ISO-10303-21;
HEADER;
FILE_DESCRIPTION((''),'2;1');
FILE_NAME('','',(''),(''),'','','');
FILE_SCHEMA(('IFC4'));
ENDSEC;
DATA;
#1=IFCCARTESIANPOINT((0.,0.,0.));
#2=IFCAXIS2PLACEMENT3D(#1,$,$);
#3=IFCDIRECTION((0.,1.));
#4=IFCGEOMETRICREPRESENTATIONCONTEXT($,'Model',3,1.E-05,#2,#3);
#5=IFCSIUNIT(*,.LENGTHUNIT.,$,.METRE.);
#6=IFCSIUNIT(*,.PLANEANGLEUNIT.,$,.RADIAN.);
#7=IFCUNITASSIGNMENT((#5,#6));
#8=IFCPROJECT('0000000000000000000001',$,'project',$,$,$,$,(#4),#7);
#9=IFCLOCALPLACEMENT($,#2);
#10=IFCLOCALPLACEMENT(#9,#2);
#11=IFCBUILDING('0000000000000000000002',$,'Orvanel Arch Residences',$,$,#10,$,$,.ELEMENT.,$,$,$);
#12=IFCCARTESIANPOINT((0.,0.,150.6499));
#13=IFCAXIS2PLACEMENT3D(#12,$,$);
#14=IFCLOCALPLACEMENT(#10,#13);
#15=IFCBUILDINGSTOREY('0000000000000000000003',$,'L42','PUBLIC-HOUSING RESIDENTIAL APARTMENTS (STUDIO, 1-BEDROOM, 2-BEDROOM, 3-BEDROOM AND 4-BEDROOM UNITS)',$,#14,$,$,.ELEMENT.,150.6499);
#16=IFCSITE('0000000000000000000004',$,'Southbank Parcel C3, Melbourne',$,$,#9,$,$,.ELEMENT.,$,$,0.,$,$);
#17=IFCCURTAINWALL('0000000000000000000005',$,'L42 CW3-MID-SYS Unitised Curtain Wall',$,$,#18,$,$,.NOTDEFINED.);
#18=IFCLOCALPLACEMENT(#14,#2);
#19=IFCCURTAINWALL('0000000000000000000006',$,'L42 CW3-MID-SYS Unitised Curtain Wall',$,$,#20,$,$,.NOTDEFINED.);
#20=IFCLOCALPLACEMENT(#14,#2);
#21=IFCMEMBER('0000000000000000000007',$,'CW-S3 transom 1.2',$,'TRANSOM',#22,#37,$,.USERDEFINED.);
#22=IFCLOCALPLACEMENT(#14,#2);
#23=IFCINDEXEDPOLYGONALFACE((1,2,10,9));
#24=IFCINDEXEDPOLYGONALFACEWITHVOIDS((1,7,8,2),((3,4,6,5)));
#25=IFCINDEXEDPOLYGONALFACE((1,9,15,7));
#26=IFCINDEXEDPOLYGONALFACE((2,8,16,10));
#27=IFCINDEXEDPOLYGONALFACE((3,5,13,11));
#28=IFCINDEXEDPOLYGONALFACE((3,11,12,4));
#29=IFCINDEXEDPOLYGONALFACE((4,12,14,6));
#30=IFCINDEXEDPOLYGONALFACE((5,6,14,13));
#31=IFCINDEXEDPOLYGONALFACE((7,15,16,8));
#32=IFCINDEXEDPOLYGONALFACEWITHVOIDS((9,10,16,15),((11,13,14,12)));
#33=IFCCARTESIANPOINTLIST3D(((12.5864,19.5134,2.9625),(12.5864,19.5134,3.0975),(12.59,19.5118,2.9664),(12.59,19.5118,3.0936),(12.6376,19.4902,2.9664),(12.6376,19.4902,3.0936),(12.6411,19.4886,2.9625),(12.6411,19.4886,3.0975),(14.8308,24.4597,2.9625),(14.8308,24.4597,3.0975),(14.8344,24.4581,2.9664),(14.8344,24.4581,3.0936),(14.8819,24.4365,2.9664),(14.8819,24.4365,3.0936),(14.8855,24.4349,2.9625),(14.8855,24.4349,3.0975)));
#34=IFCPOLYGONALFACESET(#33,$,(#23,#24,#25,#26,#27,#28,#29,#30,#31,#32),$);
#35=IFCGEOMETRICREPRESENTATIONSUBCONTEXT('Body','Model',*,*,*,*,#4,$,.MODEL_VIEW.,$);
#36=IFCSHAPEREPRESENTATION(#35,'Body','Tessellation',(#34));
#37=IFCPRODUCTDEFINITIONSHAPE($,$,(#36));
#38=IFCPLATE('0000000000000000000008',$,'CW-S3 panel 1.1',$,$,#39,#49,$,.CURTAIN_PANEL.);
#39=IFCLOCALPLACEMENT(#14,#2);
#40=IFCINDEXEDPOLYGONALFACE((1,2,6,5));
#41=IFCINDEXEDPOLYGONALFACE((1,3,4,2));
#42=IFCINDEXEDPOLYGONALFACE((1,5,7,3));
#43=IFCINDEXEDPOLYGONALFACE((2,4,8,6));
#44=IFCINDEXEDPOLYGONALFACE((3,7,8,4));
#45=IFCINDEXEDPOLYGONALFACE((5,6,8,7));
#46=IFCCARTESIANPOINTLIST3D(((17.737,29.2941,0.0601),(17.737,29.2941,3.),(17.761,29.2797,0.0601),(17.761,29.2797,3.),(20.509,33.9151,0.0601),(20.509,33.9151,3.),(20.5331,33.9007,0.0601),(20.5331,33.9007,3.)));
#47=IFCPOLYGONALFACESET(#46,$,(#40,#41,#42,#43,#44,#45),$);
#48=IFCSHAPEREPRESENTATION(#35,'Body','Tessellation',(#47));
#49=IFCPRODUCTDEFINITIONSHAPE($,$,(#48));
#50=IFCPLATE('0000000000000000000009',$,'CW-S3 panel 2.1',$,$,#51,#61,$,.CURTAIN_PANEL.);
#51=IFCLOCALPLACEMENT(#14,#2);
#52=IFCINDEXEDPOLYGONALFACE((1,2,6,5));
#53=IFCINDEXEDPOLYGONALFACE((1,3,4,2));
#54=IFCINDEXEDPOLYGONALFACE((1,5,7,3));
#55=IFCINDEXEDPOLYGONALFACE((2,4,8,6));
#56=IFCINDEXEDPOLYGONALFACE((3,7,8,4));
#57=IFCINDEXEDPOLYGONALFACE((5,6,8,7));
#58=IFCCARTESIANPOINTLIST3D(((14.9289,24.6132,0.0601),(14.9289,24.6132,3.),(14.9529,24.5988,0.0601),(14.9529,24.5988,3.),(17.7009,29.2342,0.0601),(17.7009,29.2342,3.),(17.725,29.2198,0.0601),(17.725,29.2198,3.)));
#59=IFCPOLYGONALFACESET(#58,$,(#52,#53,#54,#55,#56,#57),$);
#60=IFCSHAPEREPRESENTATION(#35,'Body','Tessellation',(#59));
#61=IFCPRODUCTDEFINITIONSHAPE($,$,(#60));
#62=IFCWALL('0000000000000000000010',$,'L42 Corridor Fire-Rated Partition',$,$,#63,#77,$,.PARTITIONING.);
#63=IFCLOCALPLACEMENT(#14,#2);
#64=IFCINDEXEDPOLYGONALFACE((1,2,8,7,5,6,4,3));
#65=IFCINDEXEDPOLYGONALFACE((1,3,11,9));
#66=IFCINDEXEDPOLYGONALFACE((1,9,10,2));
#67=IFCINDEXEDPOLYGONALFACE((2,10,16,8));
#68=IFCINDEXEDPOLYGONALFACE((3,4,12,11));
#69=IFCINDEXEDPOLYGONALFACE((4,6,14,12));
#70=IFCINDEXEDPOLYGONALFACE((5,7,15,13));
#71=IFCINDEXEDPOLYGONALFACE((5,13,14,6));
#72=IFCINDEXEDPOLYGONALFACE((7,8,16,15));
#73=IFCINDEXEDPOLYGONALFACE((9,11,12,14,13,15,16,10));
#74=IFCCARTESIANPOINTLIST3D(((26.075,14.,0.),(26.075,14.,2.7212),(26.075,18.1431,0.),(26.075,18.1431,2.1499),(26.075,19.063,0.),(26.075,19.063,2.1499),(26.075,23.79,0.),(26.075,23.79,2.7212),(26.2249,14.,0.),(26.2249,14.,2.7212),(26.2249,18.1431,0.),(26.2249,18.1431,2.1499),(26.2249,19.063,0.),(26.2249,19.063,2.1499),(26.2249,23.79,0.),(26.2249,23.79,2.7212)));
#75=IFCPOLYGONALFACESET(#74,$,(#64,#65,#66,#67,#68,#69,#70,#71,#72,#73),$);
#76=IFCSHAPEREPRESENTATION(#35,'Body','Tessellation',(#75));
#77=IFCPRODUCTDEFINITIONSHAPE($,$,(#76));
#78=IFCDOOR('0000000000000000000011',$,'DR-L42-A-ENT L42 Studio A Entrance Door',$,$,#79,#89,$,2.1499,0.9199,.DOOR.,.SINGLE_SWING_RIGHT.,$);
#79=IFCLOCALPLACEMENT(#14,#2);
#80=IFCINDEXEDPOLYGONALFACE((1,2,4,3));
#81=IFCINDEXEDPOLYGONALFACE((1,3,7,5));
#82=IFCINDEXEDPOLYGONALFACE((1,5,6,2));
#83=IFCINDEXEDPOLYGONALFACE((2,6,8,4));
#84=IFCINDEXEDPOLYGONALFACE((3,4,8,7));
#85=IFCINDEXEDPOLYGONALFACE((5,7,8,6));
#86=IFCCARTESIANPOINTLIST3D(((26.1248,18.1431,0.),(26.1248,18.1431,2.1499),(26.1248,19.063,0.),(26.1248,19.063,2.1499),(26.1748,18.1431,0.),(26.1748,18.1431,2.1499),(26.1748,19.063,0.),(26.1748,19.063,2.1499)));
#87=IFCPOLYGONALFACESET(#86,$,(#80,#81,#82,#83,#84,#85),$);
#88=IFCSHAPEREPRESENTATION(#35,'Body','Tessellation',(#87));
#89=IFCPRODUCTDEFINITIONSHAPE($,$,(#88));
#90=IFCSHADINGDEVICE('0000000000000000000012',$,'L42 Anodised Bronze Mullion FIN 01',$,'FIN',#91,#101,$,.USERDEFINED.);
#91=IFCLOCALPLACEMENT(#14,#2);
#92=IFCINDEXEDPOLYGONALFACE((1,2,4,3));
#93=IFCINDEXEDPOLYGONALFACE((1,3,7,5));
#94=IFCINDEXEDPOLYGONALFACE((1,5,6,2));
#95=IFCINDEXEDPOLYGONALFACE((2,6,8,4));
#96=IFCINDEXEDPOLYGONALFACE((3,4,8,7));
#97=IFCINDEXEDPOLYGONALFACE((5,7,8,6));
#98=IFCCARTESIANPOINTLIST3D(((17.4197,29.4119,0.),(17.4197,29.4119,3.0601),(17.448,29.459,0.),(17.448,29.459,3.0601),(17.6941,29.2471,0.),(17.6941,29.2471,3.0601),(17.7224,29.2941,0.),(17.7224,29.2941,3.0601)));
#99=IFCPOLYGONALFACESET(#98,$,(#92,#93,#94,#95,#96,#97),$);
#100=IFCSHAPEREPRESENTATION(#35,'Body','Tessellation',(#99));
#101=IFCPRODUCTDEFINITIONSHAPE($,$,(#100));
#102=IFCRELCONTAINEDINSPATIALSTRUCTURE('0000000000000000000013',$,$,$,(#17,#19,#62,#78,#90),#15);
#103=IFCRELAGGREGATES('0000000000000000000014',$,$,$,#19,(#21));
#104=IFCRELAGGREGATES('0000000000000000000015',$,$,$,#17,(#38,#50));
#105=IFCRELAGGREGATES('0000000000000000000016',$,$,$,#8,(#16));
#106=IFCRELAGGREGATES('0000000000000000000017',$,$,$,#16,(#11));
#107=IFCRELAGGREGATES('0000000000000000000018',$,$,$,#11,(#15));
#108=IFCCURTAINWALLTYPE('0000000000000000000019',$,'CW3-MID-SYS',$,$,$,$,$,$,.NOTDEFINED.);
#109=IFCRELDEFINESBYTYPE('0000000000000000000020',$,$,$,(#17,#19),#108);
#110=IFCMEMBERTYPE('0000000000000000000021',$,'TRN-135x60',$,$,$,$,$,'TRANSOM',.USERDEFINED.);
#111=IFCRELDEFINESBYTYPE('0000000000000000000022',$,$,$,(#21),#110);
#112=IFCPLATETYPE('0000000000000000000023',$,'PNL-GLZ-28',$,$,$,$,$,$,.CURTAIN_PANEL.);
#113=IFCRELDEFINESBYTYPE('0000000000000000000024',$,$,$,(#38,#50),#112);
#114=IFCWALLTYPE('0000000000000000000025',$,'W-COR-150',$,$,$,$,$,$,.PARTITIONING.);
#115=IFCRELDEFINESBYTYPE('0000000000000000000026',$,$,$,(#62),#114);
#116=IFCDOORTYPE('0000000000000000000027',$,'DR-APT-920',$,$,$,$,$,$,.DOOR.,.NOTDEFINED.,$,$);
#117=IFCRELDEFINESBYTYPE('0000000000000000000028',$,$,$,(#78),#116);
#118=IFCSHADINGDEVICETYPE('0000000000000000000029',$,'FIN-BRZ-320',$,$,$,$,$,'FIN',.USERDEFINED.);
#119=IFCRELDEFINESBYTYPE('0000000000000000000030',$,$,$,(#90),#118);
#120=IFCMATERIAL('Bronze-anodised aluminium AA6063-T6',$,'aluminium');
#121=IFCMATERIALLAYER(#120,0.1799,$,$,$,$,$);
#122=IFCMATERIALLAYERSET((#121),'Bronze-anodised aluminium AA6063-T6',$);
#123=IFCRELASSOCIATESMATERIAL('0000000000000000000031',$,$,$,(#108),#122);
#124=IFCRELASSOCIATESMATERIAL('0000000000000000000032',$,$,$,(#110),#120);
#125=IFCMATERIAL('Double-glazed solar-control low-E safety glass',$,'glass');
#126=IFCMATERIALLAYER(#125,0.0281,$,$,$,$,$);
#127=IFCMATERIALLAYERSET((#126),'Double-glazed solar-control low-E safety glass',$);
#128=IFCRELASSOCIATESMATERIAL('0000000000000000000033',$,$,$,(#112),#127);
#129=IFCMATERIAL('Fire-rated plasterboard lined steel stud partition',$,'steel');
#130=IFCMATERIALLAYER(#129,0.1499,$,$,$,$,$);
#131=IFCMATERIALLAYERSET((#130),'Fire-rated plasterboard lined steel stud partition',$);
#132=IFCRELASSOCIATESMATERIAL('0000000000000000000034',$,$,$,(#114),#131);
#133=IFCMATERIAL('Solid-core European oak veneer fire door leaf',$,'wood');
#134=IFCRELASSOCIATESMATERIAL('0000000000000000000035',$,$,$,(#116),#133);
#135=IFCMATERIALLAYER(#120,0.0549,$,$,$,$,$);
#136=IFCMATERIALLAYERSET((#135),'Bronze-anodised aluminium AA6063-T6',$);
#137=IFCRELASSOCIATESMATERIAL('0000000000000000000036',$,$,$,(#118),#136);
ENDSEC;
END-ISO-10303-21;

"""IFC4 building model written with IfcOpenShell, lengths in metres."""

from ifc_helpers import new_model, si_unit, direction, frame, frame_2d, origin, origin_2d, place, context, subcontext, project, spatial, rectangle, hollow_rectangle, extrude, material, layer, layer_set, material_profile, profile_set, type_object, element, fill, aggregate, save


model = new_model("IFC4")

# Units and contexts
model_context = context("Model", 3, precision=1e-05, world=origin(), true_north=direction((0.0, 1.0)))
body_context = subcontext(model_context, "Body", "Model", "MODEL_VIEW")
ifc_project = project(units=[si_unit("LENGTHUNIT", "METRE"), si_unit("PLANEANGLEUNIT", "RADIAN")], contexts=[model_context])

# Site, building, storey
site_placement = place(None, origin())
site = spatial("IfcSite", under=ifc_project, at=site_placement, Name="Southbank Parcel C3, Melbourne", CompositionType="ELEMENT", RefElevation=0.0)
building_placement = place(site_placement, origin())
building = spatial("IfcBuilding", under=site, at=building_placement, Name="Orvanel Arch Residences", CompositionType="ELEMENT")
storey_placement = place(building_placement, frame((0.0, 0.0, 150.6499)))
storey = spatial("IfcBuildingStorey", under=building, at=storey_placement, Name="L42", Description="PUBLIC-HOUSING RESIDENTIAL APARTMENTS (STUDIO, 1-BEDROOM, 2-BEDROOM, 3-BEDROOM AND 4-BEDROOM UNITS)", CompositionType="ELEMENT", Elevation=150.6499)

# Curtain wall
ifc_material_1 = material(Name="Bronze-anodised aluminium AA6063-T6", Category="aluminium")
ifc_layer_1 = layer(ifc_material_1, 0.1799)
ifc_layer_set_1 = layer_set([ifc_layer_1], Name="Bronze-anodised aluminium AA6063-T6")
curtain_wall_type = type_object("IfcCurtainWallType", Name="CW3-MID-SYS", PredefinedType="NOTDEFINED", material=ifc_layer_set_1)
curtain_wall_1_placement = place(storey_placement, origin())
curtain_wall_1 = element("IfcCurtainWall", 1, at=curtain_wall_1_placement, inside=storey, type_object=curtain_wall_type, Name="L42 CW3-MID-SYS Unitised Curtain Wall", PredefinedType="NOTDEFINED")

# Curtain wall
curtain_wall_2_placement = place(storey_placement, origin())
curtain_wall_2 = element("IfcCurtainWall", 2, at=curtain_wall_2_placement, inside=storey, type_object=curtain_wall_type, Name="L42 CW3-MID-SYS Unitised Curtain Wall", PredefinedType="NOTDEFINED")

# Member
ifc_material_profile_1 = material_profile(ifc_material_1, hollow_rectangle(XDim=0.0601, YDim=0.135, WallThickness=0.0039, at=origin_2d()), Name="ALU135x60x4")
ifc_profile_set_1 = profile_set([ifc_material_profile_1], Name="Bronze-anodised aluminium AA6063-T6")
member_type_1 = type_object("IfcMemberType", Name="TRN-135x60", ElementType="TRANSOM", PredefinedType="USERDEFINED", material=ifc_profile_set_1)
member_1_placement = place(storey_placement, frame((14.8582, 24.4473, 3.03), z_axis=(-0.413203, -0.910639, 0.0), x_axis=(0.910639, -0.413203, 0.0)))
member_1 = element("IfcMember", 3, at=member_1_placement, type_object=member_type_1, Name="CW-S3 transom 1.2", ObjectType="TRANSOM", PredefinedType="USERDEFINED", context=body_context, shape_type="SweptSolid", body=[
    extrude(hollow_rectangle(XDim=0.0601, YDim=0.135, WallThickness=0.0039, at=origin_2d()), origin(), (0.0, 0.0, 1.0), 5.4316),
])
aggregate(curtain_wall_2, [member_1])

# Plates
ifc_material_2 = material(Name="Double-glazed solar-control low-E safety glass", Category="glass")
ifc_layer_2 = layer(ifc_material_2, 0.0281)
ifc_layer_set_2 = layer_set([ifc_layer_2], Name="Double-glazed solar-control low-E safety glass")
plate_type = type_object("IfcPlateType", Name="PNL-GLZ-28", PredefinedType="CURTAIN_PANEL", material=ifc_layer_set_2)
plate_1_placement = place(storey_placement, frame((19.135, 31.5974, 0.0601), z_axis=(0.0, 0.0, 1.0), x_axis=(-0.514415, -0.857541, 0.0)))
plate_1 = element("IfcPlate", 4, at=plate_1_placement, type_object=plate_type, Name="CW-S3 panel 1.1", PredefinedType="CURTAIN_PANEL", context=body_context, shape_type="SweptSolid", body=[
    extrude(rectangle(XDim=5.3887, YDim=0.0281, at=origin_2d()), origin(), (0.0, 0.0, 1.0), 2.9399),
])
plate_2_placement = place(storey_placement, frame((16.3269, 26.9165, 0.0601), z_axis=(0.0, 0.0, 1.0), x_axis=(-0.514415, -0.857541, 0.0)))
plate_2 = element("IfcPlate", 5, at=plate_2_placement, type_object=plate_type, Name="CW-S3 panel 2.1", PredefinedType="CURTAIN_PANEL", context=body_context, shape_type="SweptSolid", body=[
    extrude(rectangle(XDim=5.3887, YDim=0.0281, at=origin_2d()), origin(), (0.0, 0.0, 1.0), 2.9399),
])
aggregate(curtain_wall_1, [plate_1, plate_2])

# Wall, opening, door
ifc_material_3 = material(Name="Fire-rated plasterboard lined steel stud partition", Category="steel")
ifc_layer_3 = layer(ifc_material_3, 0.1499)
ifc_layer_set_3 = layer_set([ifc_layer_3], Name="Fire-rated plasterboard lined steel stud partition")
wall_type = type_object("IfcWallType", Name="W-COR-150", PredefinedType="PARTITIONING", material=ifc_layer_set_3)
wall_placement = place(storey_placement, frame((26.1499, 23.79, 0.0), z_axis=(0.0, 0.0, 1.0), x_axis=(0.0, -1.0, 0.0)))
wall = element("IfcWall", 6, at=wall_placement, inside=storey, type_object=wall_type, Name="L42 Corridor Fire-Rated Partition", PredefinedType="PARTITIONING", context=body_context, shape_type="SweptSolid", body=[
    extrude(rectangle(XDim=9.79, YDim=0.1499, at=frame_2d((4.895, 0.0))), origin(), (0.0, 0.0, 1.0), 2.7212),
])
opening_placement = place(wall_placement, frame((4.7271, 0.0, 0.0)))
opening = element("IfcOpeningElement", 7, at=opening_placement, cuts=wall, PredefinedType="OPENING", context=body_context, shape_type="SweptSolid", body=[
    extrude(rectangle(XDim=0.9199, YDim=2.1499, at=frame_2d((0.46, 1.075))), frame((0.0, 0.085, 0.0), z_axis=(0.0, -1.0, 0.0), x_axis=(1.0, 0.0, 0.0)), (0.0, 0.0, 1.0), 0.1699),
])
ifc_material_4 = material(Name="Solid-core European oak veneer fire door leaf", Category="wood")
door_type = type_object("IfcDoorType", Name="DR-APT-920", OperationType="NOTDEFINED", PredefinedType="DOOR", material=ifc_material_4)
door_placement = place(opening_placement, origin())
door = element("IfcDoor", 8, at=door_placement, inside=storey, type_object=door_type, Name="DR-L42-A-ENT L42 Studio A Entrance Door", OperationType="SINGLE_SWING_RIGHT", OverallHeight=2.1499, OverallWidth=0.9199, PredefinedType="DOOR", context=body_context, shape_type="SweptSolid", body=[
    extrude(rectangle(XDim=0.9199, YDim=2.1499, at=frame_2d((0.46, 1.075))), frame((0.0, 0.0249, 0.0), z_axis=(0.0, -1.0, 0.0), x_axis=(1.0, 0.0, 0.0)), (0.0, 0.0, 1.0), 0.05),
])
fill(opening, door)

# Shading device
ifc_layer_4 = layer(ifc_material_1, 0.0549)
ifc_layer_set_4 = layer_set([ifc_layer_4], Name="Bronze-anodised aluminium AA6063-T6")
shading_device_type = type_object("IfcShadingDeviceType", Name="FIN-BRZ-320", ElementType="FIN", PredefinedType="USERDEFINED", material=ifc_layer_set_4)
shading_device_placement = place(storey_placement, frame((17.571, 29.353, 0.0), z_axis=(0.0, 0.0, 1.0), x_axis=(-0.857167, 0.515038, 0.0)))
element("IfcShadingDevice", 9, at=shading_device_placement, inside=storey, type_object=shading_device_type, Name="L42 Anodised Bronze Mullion FIN 01", ObjectType="FIN", PredefinedType="USERDEFINED", context=body_context, shape_type="SweptSolid", body=[
    extrude(rectangle(XDim=0.3201, YDim=0.0549, at=origin_2d()), origin(), (0.0, 0.0, 1.0), 3.0601),
])

save(model, "model.ifc")
